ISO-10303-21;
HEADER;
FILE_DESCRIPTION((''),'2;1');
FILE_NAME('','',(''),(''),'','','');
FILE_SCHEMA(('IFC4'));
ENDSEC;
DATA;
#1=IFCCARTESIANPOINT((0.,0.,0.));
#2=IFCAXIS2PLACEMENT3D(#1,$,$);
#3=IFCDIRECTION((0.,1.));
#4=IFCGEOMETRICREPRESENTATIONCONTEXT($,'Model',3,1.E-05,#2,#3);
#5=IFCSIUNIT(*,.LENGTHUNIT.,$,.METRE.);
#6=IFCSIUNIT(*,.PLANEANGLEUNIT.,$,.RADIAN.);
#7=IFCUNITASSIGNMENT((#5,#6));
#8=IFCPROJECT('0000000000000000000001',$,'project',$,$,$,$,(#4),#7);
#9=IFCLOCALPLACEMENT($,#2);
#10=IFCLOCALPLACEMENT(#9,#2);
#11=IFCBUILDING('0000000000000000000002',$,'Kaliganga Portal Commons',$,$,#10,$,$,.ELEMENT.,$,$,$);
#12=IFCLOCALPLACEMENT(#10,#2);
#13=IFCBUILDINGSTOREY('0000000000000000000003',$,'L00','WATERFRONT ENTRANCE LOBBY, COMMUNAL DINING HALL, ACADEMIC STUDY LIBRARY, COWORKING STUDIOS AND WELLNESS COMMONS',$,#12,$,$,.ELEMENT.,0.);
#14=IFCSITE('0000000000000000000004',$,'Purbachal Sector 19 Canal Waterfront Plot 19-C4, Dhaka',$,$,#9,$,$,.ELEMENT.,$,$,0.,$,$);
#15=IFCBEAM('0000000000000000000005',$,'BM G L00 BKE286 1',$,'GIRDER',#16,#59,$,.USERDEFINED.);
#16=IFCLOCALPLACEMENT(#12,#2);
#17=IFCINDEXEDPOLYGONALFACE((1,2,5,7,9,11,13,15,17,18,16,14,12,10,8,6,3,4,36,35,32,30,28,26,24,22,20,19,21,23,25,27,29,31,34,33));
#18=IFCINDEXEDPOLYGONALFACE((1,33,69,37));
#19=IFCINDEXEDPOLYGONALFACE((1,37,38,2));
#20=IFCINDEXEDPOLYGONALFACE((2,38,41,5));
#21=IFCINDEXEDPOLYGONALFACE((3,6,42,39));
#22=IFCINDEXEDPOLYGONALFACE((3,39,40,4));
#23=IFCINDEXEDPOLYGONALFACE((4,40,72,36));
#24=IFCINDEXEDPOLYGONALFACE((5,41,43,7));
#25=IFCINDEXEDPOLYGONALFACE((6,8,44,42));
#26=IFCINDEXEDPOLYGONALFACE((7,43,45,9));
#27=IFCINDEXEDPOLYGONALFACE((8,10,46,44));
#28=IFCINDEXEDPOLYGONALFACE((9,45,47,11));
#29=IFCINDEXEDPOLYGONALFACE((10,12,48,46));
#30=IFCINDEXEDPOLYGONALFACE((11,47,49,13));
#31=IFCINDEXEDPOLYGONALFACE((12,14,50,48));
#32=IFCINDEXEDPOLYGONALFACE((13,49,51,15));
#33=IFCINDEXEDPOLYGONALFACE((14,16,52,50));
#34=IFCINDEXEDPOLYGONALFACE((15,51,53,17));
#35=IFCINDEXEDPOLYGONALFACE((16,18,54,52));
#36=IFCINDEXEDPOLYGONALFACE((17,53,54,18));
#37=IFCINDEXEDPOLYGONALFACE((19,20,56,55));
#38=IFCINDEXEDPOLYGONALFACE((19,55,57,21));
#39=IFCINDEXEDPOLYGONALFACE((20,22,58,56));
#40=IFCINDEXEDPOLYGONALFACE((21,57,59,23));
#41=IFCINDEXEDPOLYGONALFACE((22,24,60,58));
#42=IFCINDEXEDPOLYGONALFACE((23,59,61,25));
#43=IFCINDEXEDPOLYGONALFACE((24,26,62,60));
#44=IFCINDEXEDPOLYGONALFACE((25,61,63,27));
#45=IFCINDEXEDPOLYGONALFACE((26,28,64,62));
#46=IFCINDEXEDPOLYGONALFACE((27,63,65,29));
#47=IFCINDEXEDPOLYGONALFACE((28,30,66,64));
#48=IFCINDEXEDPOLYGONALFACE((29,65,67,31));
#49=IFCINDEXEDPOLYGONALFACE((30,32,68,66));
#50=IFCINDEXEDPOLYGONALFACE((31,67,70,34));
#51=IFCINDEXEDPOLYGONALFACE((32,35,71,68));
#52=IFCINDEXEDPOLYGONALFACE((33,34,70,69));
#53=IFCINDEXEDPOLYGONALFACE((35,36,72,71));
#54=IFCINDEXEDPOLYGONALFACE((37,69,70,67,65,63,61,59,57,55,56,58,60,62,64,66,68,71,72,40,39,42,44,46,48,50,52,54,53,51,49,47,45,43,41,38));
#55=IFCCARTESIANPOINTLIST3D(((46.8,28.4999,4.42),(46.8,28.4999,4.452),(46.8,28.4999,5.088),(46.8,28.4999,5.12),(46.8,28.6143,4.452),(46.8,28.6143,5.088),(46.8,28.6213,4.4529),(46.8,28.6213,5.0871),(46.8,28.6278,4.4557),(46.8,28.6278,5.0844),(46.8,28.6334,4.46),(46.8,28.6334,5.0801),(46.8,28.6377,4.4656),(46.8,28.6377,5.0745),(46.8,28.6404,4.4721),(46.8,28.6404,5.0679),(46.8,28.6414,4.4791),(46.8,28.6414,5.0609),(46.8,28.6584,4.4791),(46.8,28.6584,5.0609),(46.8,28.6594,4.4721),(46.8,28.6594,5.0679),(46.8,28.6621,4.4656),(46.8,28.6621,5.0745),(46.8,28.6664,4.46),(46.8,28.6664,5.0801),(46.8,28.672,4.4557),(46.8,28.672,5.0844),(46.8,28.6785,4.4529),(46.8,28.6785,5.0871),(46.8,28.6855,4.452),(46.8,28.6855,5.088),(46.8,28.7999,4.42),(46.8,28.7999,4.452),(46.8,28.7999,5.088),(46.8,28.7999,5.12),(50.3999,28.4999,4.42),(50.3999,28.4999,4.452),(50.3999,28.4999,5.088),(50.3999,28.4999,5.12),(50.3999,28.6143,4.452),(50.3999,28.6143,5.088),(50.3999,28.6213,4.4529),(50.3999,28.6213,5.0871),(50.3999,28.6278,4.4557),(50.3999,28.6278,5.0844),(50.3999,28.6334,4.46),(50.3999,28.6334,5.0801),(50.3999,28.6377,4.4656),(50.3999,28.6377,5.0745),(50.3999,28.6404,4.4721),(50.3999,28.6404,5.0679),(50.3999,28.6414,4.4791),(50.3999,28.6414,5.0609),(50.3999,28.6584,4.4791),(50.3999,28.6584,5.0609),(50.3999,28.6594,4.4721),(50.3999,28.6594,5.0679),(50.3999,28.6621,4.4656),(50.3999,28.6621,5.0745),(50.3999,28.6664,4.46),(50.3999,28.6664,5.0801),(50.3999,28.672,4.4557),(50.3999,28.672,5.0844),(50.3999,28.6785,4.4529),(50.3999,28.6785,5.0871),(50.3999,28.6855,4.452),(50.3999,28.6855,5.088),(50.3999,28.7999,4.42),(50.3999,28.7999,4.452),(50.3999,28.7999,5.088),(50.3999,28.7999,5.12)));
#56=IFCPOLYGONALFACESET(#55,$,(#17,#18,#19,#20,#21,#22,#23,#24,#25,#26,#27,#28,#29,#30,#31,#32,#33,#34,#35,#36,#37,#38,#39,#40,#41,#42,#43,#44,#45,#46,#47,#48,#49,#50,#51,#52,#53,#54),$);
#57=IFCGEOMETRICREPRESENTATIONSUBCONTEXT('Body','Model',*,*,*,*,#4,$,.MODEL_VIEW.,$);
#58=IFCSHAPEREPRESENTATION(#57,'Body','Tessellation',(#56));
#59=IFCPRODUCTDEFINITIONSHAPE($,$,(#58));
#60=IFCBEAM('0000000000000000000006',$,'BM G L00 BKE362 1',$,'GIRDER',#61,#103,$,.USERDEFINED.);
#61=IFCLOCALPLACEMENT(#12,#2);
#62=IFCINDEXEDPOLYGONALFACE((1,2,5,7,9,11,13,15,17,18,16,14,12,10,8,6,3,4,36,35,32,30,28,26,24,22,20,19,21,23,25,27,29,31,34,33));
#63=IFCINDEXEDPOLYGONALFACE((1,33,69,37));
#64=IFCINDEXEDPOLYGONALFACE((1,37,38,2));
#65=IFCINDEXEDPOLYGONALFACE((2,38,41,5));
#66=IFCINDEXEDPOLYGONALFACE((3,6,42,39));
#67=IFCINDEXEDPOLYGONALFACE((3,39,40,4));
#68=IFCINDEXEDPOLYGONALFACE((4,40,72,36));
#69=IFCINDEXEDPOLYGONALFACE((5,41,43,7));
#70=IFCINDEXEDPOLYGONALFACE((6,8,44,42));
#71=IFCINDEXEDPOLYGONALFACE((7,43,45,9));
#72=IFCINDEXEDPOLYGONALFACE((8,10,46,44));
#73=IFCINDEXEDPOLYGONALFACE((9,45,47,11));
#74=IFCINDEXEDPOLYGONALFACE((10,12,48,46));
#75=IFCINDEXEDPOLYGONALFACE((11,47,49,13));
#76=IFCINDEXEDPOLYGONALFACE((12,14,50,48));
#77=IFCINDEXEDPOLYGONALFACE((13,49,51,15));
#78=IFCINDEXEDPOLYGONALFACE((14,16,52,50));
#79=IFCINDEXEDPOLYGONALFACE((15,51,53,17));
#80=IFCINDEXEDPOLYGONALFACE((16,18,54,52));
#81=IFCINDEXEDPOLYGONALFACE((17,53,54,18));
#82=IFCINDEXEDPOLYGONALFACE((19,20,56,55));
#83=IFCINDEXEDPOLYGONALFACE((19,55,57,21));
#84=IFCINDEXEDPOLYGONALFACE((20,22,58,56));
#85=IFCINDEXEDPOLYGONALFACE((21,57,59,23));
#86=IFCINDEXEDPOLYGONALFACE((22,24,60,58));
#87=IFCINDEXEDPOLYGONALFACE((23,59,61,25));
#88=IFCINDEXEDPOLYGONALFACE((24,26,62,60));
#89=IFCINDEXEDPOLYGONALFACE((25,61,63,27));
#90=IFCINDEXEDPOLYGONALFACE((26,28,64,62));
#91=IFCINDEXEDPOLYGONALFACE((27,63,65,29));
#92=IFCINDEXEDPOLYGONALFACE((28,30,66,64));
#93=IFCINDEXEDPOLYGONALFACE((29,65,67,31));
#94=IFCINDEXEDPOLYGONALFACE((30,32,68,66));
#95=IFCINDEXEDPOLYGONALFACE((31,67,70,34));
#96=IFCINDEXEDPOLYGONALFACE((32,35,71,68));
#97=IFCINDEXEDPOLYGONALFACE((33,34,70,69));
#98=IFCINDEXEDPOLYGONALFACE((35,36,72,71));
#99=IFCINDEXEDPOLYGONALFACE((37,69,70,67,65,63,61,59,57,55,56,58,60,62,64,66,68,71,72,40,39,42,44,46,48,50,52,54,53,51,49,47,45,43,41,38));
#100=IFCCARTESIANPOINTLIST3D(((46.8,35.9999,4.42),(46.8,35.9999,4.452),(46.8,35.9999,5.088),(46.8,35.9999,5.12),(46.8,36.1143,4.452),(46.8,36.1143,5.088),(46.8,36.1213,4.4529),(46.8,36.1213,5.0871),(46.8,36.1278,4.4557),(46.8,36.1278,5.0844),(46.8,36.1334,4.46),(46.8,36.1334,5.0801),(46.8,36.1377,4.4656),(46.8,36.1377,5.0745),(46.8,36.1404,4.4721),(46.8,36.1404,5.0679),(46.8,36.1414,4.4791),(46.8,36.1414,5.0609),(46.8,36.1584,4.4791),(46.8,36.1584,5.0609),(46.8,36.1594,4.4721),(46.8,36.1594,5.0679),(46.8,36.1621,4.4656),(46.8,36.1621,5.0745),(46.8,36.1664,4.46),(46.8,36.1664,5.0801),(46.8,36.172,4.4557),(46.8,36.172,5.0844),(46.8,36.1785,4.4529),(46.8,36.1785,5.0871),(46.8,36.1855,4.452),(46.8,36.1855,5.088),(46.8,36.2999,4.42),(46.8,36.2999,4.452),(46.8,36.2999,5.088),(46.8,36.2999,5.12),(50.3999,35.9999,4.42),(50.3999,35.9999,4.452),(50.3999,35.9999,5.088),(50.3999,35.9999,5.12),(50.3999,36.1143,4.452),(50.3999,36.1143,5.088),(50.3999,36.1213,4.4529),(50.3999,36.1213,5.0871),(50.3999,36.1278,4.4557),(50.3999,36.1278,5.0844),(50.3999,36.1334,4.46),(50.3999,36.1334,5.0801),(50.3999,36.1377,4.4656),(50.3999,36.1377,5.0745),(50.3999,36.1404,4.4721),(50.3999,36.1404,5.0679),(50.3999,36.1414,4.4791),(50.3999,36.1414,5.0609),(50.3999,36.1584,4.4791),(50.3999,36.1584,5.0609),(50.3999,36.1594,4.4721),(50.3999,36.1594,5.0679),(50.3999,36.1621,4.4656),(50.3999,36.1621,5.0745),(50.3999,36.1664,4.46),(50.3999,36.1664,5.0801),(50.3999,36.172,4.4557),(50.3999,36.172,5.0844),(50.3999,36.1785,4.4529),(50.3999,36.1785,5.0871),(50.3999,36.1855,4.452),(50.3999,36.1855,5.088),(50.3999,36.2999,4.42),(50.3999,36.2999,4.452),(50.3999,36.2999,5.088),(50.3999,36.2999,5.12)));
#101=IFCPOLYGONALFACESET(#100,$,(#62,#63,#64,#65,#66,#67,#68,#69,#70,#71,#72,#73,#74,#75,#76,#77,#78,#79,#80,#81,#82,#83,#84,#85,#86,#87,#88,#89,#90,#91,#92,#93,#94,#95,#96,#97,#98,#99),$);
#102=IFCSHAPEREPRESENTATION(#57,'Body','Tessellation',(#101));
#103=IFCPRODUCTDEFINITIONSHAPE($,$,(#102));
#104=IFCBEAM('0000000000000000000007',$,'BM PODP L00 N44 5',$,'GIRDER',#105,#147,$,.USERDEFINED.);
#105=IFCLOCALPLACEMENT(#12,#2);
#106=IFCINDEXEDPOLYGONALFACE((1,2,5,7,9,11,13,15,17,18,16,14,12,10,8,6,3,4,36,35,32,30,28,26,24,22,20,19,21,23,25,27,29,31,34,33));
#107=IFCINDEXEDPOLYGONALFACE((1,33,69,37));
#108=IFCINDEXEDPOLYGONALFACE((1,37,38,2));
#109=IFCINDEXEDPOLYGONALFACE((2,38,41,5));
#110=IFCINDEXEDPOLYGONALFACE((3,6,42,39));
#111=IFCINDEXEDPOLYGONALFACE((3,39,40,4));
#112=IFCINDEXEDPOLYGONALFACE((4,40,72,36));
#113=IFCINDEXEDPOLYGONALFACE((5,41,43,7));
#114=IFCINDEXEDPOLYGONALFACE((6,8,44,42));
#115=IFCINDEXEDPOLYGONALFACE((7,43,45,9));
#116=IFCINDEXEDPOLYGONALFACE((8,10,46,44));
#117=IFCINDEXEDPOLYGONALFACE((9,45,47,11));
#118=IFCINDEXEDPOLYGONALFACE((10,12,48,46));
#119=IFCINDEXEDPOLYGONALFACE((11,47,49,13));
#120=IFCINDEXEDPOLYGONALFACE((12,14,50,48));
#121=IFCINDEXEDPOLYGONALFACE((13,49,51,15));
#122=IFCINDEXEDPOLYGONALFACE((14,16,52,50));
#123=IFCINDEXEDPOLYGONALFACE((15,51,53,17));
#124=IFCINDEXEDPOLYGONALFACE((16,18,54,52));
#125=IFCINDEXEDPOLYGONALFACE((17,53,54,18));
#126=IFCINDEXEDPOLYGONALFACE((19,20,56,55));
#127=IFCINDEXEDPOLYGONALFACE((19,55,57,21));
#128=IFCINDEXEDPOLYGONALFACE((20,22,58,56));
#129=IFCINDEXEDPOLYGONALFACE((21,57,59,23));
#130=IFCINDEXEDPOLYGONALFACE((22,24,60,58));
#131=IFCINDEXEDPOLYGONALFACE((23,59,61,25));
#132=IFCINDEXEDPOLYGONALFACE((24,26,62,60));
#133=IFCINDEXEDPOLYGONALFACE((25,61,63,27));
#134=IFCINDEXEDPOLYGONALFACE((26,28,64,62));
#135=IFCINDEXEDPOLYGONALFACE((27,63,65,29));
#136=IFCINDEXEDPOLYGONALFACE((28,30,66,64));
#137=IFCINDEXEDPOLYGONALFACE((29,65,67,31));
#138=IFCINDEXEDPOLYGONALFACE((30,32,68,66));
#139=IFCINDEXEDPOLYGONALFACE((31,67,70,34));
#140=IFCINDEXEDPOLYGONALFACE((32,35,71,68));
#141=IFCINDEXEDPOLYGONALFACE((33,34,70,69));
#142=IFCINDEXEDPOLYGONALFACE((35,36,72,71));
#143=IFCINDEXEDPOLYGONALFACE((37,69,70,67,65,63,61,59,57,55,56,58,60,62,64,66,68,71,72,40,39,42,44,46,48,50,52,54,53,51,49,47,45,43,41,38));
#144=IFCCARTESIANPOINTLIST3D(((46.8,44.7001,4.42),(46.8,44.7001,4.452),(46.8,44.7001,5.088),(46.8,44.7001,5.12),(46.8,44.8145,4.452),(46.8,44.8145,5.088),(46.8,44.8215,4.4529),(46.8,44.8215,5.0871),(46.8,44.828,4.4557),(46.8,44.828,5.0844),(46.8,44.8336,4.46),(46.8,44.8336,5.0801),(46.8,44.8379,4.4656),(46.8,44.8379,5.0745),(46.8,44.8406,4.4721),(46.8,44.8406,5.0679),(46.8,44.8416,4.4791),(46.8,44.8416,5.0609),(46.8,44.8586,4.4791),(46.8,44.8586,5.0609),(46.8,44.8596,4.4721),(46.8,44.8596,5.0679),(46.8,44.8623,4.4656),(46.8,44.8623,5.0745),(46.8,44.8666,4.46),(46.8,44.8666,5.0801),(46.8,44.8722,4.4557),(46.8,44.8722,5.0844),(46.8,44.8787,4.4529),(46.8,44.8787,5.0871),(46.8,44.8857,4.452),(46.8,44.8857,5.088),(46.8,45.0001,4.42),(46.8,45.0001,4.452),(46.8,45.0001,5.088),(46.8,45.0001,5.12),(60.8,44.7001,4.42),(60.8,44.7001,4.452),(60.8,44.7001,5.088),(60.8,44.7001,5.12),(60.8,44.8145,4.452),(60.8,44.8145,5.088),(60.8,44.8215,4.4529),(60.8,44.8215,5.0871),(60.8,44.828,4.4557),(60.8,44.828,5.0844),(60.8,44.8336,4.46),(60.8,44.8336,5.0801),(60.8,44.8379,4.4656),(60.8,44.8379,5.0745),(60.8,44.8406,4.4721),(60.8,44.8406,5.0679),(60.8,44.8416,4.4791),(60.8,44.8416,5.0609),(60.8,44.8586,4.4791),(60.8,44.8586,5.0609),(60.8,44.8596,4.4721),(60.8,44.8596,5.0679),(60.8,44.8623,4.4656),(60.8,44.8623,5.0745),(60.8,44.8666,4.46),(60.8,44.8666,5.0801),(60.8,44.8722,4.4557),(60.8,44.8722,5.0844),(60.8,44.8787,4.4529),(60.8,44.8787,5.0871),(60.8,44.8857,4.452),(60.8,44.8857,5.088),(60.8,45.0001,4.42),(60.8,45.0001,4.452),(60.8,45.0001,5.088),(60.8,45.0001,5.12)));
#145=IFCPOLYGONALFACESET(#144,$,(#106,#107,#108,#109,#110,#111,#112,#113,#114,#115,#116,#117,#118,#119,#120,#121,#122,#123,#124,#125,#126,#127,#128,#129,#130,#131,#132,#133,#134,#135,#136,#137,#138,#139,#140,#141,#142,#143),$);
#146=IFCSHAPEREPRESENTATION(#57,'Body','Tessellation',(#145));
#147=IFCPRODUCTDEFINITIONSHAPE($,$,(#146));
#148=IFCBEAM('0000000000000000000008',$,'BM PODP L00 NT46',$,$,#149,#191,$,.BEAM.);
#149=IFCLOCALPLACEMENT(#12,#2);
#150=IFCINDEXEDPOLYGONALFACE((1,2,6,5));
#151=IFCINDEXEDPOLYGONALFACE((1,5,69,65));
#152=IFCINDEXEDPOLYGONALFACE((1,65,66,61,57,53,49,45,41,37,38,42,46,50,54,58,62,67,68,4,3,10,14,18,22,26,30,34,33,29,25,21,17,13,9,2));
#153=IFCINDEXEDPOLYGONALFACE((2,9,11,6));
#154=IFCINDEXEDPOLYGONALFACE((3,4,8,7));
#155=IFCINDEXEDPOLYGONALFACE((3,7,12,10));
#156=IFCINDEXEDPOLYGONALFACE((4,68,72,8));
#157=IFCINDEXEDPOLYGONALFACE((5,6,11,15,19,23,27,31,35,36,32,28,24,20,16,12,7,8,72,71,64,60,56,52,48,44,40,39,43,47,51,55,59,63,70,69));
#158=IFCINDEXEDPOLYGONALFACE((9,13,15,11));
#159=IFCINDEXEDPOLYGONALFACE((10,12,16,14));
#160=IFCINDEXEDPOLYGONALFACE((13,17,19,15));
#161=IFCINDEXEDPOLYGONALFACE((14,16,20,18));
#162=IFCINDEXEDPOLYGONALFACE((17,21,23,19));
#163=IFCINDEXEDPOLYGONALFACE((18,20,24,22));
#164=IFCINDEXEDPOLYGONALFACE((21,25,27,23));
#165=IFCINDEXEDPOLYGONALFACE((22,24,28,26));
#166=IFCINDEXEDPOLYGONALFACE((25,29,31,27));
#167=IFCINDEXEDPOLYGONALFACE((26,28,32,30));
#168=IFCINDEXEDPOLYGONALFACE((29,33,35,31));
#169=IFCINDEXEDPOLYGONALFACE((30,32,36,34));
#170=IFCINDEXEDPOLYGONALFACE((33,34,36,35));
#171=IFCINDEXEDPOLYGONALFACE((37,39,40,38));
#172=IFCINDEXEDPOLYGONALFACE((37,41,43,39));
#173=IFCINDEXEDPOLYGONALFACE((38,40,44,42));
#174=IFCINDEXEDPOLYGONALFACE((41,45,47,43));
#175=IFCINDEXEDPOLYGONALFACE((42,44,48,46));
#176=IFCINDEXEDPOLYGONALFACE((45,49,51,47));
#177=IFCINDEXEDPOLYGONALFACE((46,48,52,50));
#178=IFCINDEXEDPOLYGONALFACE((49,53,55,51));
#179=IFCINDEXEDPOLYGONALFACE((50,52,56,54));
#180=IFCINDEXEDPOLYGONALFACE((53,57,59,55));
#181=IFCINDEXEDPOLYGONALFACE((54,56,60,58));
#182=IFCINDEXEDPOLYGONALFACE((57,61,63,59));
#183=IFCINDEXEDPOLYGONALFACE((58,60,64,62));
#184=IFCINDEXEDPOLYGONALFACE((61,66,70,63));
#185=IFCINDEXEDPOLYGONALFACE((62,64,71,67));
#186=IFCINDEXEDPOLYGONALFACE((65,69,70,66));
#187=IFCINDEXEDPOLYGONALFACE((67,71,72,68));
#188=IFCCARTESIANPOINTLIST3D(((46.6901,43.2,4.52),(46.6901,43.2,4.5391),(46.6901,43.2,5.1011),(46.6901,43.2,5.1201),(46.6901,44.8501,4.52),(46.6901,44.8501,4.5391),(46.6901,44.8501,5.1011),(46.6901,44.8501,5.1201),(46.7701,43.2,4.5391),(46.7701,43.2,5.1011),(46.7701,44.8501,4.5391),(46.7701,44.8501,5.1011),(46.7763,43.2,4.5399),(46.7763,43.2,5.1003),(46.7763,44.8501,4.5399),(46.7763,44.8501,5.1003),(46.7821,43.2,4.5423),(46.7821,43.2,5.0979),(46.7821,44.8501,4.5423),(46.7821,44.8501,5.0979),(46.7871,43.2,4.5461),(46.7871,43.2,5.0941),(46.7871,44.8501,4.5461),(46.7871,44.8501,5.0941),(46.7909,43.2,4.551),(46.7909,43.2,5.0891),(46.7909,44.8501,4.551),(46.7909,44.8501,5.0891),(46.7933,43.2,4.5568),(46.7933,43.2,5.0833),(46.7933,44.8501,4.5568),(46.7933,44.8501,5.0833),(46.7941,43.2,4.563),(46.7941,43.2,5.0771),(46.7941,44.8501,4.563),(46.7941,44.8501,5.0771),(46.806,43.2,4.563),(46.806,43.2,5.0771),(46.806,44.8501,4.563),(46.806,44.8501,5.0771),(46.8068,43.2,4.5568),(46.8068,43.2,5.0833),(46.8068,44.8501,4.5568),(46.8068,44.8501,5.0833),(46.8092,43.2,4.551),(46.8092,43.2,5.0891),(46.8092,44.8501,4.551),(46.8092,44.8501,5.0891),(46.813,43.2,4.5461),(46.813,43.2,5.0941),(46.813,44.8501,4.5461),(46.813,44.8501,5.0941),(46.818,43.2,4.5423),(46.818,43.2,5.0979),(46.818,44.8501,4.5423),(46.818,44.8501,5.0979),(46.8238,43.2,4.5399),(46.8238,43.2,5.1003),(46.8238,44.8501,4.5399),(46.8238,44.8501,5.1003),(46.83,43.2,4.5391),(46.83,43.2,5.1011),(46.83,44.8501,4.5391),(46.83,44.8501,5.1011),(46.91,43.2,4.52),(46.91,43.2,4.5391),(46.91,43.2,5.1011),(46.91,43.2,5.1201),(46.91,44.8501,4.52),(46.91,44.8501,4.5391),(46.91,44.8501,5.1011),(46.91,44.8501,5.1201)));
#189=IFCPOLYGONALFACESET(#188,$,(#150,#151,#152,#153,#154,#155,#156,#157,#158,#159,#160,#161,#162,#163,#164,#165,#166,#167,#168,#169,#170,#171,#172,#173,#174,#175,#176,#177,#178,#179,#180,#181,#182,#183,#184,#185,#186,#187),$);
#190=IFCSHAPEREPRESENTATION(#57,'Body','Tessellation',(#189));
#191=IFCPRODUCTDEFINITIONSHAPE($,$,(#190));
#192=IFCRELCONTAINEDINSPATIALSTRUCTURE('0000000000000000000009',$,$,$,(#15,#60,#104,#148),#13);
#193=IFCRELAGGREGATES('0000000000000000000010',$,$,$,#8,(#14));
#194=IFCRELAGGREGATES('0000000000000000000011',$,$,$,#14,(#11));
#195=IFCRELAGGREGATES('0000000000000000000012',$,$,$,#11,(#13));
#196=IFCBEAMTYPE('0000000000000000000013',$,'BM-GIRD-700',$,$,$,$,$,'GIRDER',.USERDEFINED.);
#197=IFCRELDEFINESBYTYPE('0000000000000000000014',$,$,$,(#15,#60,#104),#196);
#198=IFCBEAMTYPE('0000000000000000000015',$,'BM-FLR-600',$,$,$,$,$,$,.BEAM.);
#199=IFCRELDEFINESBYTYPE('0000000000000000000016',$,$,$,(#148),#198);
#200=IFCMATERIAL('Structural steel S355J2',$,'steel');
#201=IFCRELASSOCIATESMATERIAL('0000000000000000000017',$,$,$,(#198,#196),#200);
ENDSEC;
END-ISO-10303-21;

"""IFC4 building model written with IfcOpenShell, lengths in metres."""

from ifc_helpers import new_model, si_unit, direction, frame, origin, origin_2d, place, context, subcontext, project, spatial, i_section, extrude, source, transform, mapped, material, material_profile, profile_set, type_object, element, save


model = new_model("IFC4")

# Units and contexts
model_context = context("Model", 3, precision=1e-05, world=origin(), true_north=direction((0.0, 1.0)))
body_context = subcontext(model_context, "Body", "Model", "MODEL_VIEW")
ifc_project = project(units=[si_unit("LENGTHUNIT", "METRE"), si_unit("PLANEANGLEUNIT", "RADIAN")], contexts=[model_context])

# Site, building, storey
site_placement = place(None, origin())
site = spatial("IfcSite", under=ifc_project, at=site_placement, Name="Purbachal Sector 19 Canal Waterfront Plot 19-C4, Dhaka", CompositionType="ELEMENT", RefElevation=0.0)
building_placement = place(site_placement, origin())
building = spatial("IfcBuilding", under=site, at=building_placement, Name="Kaliganga Portal Commons", CompositionType="ELEMENT")
storey_placement = place(building_placement, origin())
storey = spatial("IfcBuildingStorey", under=building, at=storey_placement, Name="L00", Description="WATERFRONT ENTRANCE LOBBY, COMMUNAL DINING HALL, ACADEMIC STUDY LIBRARY, COWORKING STUDIOS AND WELLNESS COMMONS", CompositionType="ELEMENT", Elevation=0.0)

# Beams
ifc_material_1 = material(Name="Structural steel S355J2", Category="steel")
ifc_material_profile_1 = material_profile(ifc_material_1, i_section(OverallWidth=0.22, OverallDepth=0.6001, WebThickness=0.012, FlangeThickness=0.019, FilletRadius=0.0239, at=origin_2d()), Name="IPE 600")
ifc_profile_set_1 = profile_set([ifc_material_profile_1], Name="Structural steel S355J2 wide-flange")
beam_type_1 = type_object("IfcBeamType", Name="BM-FLR-600", PredefinedType="BEAM", material=ifc_profile_set_1)
ifc_material_profile_2 = material_profile(ifc_material_1, i_section(OverallWidth=0.3, OverallDepth=0.7, WebThickness=0.0171, FlangeThickness=0.032, FilletRadius=0.0271, at=origin_2d()), Name="HE 700 B")
ifc_profile_set_2 = profile_set([ifc_material_profile_2], Name="Structural steel S355J2 wide-flange")
beam_type_2 = type_object("IfcBeamType", Name="BM-GIRD-700", ElementType="GIRDER", PredefinedType="USERDEFINED", material=ifc_profile_set_2)
shared_shape_1 = source(origin(), body_context, "Body", "SweptSolid", [
    extrude(i_section(OverallWidth=0.3, OverallDepth=0.7, WebThickness=0.0171, FlangeThickness=0.032, FilletRadius=0.0271, at=origin_2d()), origin(), (0.0, 0.0, 1.0), 3.5999),
])
for number, where, z_axis, x_axis, name in (
    (1, (46.8, 28.6499, 4.77), (1.0, 0.0, 0.0), (0.0, 1.0, 0.0), "BM G L00 BKE286 1"),
    (2, (46.8, 36.1499, 4.77), (1.0, 0.0, 0.0), (0.0, 1.0, 0.0), "BM G L00 BKE362 1"),
):
    element("IfcBeam", number, at=place(storey_placement, frame(where, z_axis=z_axis, x_axis=x_axis)), inside=storey, type_object=beam_type_2, Name=name, ObjectType="GIRDER", PredefinedType="USERDEFINED", context=body_context, shape_type="MappedRepresentation", body=[
        mapped(shared_shape_1, transform((0.0, 0.0, 0.0), x_axis=(1.0, 0.0, 0.0), y_axis=(0.0, 1.0, 0.0), z_axis=(0.0, 0.0, 1.0), scale=1.0)),
    ])
shared_shape_2 = source(origin(), body_context, "Body", "SweptSolid", [
    extrude(i_section(OverallWidth=0.3, OverallDepth=0.7, WebThickness=0.0171, FlangeThickness=0.032, FilletRadius=0.0271, at=origin_2d()), origin(), (0.0, 0.0, 1.0), 14.0),
])
beam_1_placement = place(storey_placement, frame((46.8, 44.8501, 4.77), z_axis=(1.0, 0.0, 0.0), x_axis=(0.0, 1.0, 0.0)))
element("IfcBeam", 3, at=beam_1_placement, inside=storey, type_object=beam_type_2, Name="BM PODP L00 N44 5", ObjectType="GIRDER", PredefinedType="USERDEFINED", context=body_context, shape_type="MappedRepresentation", body=[
    mapped(shared_shape_2, transform((0.0, 0.0, 0.0), x_axis=(1.0, 0.0, 0.0), y_axis=(0.0, 1.0, 0.0), z_axis=(0.0, 0.0, 1.0), scale=1.0)),
])
shared_shape_3 = source(origin(), body_context, "Body", "SweptSolid", [
    extrude(i_section(OverallWidth=0.22, OverallDepth=0.6001, WebThickness=0.012, FlangeThickness=0.019, FilletRadius=0.0239, at=origin_2d()), origin(), (0.0, 0.0, 1.0), 1.6501),
])
beam_2_placement = place(storey_placement, frame((46.8, 43.2, 4.8201), z_axis=(0.0, 1.0, 0.0), x_axis=(-1.0, 0.0, 0.0)))
element("IfcBeam", 4, at=beam_2_placement, inside=storey, type_object=beam_type_1, Name="BM PODP L00 NT46", PredefinedType="BEAM", context=body_context, shape_type="MappedRepresentation", body=[
    mapped(shared_shape_3, transform((0.0, 0.0, 0.0), x_axis=(1.0, 0.0, 0.0), y_axis=(0.0, 1.0, 0.0), z_axis=(0.0, 0.0, 1.0), scale=1.0)),
])

save(model, "model.ifc")
